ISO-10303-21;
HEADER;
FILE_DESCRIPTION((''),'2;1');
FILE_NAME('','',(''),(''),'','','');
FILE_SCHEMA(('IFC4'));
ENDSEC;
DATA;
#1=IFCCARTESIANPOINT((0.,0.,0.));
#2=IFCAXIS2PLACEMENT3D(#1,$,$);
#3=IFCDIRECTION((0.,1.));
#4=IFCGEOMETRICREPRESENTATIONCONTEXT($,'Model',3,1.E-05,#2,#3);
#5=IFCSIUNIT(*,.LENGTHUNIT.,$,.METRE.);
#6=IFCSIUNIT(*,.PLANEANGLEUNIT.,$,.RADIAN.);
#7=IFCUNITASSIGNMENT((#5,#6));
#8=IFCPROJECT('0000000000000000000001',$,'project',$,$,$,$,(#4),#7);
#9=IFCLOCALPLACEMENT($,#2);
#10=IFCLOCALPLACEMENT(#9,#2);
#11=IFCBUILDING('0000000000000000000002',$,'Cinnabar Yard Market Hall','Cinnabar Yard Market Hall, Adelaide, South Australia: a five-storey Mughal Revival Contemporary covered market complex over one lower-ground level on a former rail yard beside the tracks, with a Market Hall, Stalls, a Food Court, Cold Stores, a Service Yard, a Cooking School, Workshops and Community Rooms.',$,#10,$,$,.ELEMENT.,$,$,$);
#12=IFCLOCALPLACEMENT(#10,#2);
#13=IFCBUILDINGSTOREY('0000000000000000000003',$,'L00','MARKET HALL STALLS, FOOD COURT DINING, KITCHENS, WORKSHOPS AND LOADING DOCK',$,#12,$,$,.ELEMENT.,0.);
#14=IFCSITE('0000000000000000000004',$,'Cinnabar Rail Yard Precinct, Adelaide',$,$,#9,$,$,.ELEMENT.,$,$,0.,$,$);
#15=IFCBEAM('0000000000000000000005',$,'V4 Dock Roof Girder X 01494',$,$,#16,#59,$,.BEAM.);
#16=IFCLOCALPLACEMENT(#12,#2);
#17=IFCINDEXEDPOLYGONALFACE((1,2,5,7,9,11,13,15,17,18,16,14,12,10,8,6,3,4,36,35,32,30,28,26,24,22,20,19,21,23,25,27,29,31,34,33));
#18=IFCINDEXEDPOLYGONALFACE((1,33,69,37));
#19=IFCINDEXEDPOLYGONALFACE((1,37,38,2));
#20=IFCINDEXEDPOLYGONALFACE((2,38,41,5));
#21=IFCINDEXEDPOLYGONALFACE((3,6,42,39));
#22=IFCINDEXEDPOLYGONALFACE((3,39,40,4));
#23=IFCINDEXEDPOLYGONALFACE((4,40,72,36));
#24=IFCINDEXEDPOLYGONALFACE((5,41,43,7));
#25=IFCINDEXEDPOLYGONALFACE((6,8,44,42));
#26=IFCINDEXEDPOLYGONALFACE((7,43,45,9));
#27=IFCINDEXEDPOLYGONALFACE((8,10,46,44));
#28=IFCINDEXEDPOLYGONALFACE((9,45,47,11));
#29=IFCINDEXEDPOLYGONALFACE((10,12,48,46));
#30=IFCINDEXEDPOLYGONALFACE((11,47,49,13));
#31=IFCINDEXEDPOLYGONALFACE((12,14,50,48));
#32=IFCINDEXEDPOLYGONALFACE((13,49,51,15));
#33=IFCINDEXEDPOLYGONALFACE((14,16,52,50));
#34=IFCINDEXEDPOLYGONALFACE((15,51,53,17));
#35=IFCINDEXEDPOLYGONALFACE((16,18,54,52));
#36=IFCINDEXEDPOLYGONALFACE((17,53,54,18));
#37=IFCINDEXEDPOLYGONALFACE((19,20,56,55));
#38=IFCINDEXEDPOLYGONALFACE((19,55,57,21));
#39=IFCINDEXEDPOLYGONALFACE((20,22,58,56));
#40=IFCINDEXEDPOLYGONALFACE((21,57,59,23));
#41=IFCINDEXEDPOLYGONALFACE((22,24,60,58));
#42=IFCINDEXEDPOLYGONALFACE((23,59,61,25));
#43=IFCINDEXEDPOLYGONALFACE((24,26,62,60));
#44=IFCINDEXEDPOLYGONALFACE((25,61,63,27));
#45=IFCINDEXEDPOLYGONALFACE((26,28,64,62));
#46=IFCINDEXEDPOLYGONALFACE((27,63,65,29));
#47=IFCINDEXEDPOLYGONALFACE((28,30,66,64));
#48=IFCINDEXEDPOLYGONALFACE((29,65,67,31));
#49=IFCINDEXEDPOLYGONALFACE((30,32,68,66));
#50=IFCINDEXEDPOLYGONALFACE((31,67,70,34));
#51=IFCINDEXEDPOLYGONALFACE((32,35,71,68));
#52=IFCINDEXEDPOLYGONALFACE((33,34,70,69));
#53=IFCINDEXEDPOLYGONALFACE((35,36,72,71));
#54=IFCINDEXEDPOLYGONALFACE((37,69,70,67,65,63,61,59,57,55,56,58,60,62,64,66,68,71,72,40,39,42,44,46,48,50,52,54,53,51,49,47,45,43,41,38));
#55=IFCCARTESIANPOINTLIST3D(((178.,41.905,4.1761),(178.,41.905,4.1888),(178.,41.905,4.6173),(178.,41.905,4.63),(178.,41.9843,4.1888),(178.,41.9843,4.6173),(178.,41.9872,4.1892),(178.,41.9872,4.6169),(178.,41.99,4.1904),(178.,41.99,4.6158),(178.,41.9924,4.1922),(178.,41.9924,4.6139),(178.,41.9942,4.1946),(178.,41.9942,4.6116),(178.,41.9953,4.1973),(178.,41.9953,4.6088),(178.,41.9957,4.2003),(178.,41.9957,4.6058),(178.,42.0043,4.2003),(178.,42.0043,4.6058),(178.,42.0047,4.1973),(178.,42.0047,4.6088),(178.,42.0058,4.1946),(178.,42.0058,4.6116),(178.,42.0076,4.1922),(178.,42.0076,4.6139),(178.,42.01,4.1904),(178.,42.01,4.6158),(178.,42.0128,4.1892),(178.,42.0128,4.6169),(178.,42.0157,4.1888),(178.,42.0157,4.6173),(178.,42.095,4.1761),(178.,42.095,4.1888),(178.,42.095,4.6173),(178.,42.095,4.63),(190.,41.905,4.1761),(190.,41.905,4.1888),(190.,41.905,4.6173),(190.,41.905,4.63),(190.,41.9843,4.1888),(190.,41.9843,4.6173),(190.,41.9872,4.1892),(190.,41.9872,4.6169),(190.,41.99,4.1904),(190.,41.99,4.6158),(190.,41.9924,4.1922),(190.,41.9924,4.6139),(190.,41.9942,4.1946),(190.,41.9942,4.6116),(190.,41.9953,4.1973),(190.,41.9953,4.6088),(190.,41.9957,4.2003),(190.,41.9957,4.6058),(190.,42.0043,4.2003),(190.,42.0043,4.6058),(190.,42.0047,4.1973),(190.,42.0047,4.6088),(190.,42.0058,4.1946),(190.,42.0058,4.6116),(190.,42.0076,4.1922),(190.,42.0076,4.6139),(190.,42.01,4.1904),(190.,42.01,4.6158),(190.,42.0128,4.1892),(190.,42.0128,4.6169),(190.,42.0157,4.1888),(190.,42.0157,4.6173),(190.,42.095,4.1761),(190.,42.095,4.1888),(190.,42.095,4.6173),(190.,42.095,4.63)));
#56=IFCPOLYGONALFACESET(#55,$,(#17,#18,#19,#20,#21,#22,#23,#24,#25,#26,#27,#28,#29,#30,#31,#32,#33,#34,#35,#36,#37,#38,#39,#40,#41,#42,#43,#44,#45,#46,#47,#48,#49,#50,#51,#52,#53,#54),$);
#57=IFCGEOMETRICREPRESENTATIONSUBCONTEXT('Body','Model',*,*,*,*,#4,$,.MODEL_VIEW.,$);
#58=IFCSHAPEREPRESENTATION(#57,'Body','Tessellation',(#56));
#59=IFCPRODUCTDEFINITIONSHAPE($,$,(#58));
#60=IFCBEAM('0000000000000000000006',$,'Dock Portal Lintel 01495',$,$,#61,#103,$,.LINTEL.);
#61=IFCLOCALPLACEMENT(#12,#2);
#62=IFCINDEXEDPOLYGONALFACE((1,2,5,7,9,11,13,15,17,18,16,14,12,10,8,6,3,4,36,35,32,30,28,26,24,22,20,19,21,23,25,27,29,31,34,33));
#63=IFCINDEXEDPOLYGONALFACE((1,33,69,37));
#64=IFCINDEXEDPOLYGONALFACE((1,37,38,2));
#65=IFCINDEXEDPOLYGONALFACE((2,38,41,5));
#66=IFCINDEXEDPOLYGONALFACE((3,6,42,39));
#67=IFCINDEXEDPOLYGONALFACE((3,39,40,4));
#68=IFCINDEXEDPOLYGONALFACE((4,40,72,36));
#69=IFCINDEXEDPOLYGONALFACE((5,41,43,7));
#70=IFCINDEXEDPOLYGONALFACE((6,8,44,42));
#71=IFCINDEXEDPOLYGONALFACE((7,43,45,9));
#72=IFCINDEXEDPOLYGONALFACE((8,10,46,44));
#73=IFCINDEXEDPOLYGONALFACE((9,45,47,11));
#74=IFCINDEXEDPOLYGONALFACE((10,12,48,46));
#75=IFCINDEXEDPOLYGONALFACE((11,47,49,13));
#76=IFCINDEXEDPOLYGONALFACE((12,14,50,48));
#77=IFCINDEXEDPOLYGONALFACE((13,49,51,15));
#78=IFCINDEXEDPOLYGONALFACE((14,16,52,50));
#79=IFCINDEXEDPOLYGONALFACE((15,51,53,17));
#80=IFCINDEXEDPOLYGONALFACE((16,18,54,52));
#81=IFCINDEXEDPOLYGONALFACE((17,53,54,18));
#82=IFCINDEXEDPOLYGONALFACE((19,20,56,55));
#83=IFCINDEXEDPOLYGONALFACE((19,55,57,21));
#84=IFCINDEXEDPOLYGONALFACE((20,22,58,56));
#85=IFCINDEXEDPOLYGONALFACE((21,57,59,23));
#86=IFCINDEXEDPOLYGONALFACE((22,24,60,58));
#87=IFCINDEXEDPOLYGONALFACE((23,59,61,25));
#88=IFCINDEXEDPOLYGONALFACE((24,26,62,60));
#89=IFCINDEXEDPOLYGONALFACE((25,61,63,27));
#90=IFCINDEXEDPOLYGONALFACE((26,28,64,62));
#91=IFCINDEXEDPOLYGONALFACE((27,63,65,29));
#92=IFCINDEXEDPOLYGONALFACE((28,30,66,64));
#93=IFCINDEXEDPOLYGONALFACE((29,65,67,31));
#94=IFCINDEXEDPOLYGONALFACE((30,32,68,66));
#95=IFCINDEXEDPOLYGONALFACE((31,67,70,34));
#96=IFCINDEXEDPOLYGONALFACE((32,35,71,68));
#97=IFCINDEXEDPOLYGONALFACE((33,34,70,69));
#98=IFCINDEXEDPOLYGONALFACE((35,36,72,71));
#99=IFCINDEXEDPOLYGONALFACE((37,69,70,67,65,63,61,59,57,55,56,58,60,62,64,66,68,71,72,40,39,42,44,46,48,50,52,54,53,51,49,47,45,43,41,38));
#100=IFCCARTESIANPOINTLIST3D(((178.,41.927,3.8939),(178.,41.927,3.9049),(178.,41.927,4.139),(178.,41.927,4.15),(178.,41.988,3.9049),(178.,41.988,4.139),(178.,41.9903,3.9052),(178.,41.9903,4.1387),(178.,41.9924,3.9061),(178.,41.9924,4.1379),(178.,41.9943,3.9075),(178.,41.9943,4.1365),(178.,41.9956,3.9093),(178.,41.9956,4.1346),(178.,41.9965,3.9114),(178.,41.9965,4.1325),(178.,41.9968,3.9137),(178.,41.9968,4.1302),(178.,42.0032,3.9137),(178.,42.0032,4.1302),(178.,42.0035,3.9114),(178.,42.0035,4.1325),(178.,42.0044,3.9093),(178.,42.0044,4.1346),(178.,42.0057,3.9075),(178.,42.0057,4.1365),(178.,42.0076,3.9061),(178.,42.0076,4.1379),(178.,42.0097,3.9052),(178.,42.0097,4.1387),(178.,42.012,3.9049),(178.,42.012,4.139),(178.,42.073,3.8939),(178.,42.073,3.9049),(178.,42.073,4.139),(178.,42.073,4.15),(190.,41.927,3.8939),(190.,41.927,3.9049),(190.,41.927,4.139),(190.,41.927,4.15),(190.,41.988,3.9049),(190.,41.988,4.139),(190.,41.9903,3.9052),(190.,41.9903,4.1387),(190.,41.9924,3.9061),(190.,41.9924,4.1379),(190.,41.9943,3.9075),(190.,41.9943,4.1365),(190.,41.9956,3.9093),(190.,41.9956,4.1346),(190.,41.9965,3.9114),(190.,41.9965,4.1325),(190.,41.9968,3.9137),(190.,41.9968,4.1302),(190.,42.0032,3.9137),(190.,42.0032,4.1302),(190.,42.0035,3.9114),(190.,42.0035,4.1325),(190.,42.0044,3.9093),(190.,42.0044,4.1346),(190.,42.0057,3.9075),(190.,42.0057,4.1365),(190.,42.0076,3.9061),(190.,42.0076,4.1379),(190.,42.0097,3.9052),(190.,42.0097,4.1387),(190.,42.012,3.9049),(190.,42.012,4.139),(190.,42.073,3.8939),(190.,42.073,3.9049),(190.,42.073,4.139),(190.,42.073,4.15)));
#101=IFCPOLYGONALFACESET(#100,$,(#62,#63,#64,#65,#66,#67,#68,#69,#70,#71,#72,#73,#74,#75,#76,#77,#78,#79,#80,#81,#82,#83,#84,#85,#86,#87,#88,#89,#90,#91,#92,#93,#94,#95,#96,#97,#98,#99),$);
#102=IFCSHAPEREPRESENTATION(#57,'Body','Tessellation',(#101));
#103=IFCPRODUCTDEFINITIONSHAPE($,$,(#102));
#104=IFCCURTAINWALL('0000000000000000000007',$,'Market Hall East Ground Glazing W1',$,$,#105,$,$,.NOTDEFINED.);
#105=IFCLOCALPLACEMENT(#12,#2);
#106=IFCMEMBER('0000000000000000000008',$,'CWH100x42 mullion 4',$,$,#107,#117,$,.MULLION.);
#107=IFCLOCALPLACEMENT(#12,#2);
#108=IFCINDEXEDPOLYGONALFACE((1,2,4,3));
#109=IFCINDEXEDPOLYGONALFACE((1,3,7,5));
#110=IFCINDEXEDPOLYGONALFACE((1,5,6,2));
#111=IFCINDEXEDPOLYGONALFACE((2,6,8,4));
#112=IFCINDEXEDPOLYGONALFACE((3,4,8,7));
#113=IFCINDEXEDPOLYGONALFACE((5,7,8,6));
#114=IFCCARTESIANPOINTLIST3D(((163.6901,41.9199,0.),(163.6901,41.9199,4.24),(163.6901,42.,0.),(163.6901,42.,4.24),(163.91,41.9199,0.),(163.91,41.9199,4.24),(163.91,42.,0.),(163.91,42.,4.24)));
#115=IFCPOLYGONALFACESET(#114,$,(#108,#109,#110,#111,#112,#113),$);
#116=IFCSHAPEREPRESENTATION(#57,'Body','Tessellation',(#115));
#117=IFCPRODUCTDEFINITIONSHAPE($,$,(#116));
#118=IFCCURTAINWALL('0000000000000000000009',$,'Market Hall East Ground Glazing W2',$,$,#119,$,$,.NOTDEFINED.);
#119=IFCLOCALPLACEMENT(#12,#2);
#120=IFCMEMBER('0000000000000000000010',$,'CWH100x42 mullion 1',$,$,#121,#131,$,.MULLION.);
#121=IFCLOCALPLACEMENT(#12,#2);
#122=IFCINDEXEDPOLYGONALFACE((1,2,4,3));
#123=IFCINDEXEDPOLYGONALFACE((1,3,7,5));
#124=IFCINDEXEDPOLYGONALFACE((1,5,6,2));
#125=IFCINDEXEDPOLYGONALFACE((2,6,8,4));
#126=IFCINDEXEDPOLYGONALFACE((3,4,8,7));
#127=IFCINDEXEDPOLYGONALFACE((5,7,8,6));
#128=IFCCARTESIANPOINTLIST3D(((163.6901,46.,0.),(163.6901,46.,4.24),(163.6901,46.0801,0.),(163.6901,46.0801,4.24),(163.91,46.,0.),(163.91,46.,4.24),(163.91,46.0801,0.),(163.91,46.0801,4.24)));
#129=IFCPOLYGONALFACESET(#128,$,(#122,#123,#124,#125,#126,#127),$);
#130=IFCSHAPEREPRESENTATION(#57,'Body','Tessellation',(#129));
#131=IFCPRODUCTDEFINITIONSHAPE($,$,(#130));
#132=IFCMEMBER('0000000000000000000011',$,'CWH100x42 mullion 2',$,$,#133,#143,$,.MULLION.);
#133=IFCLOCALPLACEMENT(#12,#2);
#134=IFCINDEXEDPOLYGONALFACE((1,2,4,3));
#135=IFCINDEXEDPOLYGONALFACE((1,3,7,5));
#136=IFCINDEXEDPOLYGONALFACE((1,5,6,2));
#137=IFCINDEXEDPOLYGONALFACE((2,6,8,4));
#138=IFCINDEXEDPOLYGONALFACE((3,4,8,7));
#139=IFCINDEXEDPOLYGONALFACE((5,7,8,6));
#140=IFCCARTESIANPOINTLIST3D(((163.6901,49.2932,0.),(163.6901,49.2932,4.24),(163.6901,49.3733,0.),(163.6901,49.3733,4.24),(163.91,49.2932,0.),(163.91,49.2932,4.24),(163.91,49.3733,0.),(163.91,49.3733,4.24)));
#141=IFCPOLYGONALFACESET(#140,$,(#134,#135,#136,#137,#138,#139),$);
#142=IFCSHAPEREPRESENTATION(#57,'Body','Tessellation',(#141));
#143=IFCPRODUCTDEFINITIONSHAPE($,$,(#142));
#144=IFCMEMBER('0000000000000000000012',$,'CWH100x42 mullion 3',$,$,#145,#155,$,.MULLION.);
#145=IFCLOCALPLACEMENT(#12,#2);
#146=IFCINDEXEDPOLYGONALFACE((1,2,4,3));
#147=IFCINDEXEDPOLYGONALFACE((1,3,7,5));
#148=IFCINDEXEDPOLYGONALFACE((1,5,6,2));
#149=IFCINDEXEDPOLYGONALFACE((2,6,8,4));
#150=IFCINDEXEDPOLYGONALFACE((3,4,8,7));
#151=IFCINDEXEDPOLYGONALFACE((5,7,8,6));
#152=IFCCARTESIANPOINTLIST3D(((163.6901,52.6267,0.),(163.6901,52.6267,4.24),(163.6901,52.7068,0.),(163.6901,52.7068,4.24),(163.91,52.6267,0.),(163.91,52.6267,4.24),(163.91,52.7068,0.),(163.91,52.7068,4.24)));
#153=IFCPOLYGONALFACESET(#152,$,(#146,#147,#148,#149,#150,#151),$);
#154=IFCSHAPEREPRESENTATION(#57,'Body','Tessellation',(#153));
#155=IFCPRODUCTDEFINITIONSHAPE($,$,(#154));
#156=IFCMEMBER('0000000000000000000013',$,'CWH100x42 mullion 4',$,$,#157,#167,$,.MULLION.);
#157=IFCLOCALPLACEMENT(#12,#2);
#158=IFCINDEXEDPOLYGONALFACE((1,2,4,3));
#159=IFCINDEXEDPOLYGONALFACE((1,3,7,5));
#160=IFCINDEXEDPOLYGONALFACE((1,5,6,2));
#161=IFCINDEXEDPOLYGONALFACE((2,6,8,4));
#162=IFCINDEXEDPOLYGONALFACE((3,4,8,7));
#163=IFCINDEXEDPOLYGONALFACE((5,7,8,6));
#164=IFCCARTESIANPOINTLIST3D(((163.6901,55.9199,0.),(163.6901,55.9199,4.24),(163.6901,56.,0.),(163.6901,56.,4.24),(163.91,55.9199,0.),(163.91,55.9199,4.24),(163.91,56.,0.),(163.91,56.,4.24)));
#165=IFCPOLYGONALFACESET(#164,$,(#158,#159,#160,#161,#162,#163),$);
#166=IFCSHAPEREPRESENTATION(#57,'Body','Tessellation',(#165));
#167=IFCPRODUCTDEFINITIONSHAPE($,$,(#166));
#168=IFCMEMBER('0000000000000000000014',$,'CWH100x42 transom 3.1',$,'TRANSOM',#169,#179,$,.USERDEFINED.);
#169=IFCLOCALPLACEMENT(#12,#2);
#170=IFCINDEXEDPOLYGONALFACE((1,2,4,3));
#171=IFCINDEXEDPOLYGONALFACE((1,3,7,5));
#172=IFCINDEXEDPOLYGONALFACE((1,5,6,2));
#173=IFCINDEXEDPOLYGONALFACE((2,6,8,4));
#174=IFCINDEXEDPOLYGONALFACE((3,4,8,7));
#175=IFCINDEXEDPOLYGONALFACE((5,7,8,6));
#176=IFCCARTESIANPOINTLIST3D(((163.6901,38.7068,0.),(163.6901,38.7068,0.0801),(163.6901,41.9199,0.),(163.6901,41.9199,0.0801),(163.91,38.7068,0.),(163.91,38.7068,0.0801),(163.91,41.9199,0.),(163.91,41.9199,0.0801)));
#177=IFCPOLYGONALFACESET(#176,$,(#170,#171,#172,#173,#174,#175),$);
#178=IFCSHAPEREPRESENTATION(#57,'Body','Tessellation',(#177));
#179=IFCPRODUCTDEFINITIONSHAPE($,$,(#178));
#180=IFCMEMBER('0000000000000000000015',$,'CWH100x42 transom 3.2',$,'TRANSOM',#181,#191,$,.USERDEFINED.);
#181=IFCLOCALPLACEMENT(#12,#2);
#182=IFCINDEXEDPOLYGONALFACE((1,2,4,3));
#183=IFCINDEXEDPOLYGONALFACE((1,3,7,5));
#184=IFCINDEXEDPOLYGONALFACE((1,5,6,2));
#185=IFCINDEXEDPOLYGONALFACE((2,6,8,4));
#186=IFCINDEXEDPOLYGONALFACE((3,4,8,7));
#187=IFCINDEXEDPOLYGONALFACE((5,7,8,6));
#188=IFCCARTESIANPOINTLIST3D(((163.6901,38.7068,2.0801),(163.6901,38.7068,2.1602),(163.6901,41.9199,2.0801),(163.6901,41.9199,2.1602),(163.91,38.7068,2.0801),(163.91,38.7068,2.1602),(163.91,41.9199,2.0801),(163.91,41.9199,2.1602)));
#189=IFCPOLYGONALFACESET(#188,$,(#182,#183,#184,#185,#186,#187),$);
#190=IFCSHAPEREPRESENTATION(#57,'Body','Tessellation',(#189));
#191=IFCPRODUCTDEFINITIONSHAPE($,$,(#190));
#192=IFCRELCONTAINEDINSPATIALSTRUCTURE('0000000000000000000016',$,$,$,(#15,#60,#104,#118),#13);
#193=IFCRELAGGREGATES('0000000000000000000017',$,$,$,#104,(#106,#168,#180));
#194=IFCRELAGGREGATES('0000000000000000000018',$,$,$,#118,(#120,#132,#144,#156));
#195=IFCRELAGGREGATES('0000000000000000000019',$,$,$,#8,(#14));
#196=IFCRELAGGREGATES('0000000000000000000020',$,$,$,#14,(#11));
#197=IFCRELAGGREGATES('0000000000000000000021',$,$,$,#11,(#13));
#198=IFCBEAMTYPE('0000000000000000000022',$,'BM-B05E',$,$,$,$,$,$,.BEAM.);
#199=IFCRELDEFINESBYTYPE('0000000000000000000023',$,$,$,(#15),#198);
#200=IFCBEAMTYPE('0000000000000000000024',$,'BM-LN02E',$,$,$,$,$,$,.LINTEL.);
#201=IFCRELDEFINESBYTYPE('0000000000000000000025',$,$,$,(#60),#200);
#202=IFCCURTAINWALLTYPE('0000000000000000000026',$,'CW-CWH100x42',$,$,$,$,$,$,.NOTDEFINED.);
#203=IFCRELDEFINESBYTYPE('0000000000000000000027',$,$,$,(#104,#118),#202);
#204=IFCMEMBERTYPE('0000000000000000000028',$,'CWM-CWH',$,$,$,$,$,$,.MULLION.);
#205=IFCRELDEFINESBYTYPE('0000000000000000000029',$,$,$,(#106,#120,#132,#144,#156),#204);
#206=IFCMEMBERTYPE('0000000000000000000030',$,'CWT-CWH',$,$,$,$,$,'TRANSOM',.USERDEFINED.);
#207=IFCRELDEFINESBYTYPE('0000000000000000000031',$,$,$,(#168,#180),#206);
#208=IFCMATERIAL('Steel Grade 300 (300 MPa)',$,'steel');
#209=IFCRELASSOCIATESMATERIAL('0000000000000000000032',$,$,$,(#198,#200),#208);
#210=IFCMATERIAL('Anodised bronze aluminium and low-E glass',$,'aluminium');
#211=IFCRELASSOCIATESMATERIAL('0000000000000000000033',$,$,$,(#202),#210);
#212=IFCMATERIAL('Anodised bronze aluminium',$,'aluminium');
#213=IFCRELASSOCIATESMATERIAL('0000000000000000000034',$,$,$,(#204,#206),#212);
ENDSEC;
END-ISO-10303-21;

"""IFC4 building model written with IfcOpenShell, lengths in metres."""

from ifc_helpers import new_model, si_unit, direction, frame, origin, origin_2d_with_axis, place, context, subcontext, project, spatial, rectangle, i_section, extrude, material, material_profile, profile_set, type_object, element, aggregate, save


model = new_model("IFC4")

# Units and contexts
model_context = context("Model", 3, precision=1e-05, world=origin(), true_north=direction((0.0, 1.0)))
body_context = subcontext(model_context, "Body", "Model", "MODEL_VIEW")
ifc_project = project(units=[si_unit("LENGTHUNIT", "METRE"), si_unit("PLANEANGLEUNIT", "RADIAN")], contexts=[model_context])

# Site, building, storey
site_placement = place(None, origin())
site = spatial("IfcSite", under=ifc_project, at=site_placement, Name="Cinnabar Rail Yard Precinct, Adelaide", CompositionType="ELEMENT", RefElevation=0.0)
building_placement = place(site_placement, origin())
building = spatial("IfcBuilding", under=site, at=building_placement, Name="Cinnabar Yard Market Hall", Description="Cinnabar Yard Market Hall, Adelaide, South Australia: a five-storey Mughal Revival Contemporary covered market complex over one lower-ground level on a former rail yard beside the tracks, with a Market Hall, Stalls, a Food Court, Cold Stores, a Service Yard, a Cooking School, Workshops and Community Rooms.", CompositionType="ELEMENT")
storey_placement = place(building_placement, origin())
storey = spatial("IfcBuildingStorey", under=building, at=storey_placement, Name="L00", Description="MARKET HALL STALLS, FOOD COURT DINING, KITCHENS, WORKSHOPS AND LOADING DOCK", CompositionType="ELEMENT", Elevation=0.0)

# Shared definitions
ifc_material_1 = material(Name="Steel Grade 300 (300 MPa)", Category="steel")

# Beams
ifc_material_profile_1 = material_profile(ifc_material_1, i_section(OverallWidth=0.1899, OverallDepth=0.4539, WebThickness=0.0085, FlangeThickness=0.0127, FilletRadius=0.0115, at=origin_2d_with_axis()), Name="460UB67.1")
ifc_profile_set_1 = profile_set([ifc_material_profile_1], Name="Steel Grade 300 (300 MPa)")
beam_type_1 = type_object("IfcBeamType", Name="BM-B05E", PredefinedType="BEAM", material=ifc_profile_set_1)
beam_1_placement = place(storey_placement, frame((178.0, 42.0, 4.4031), z_axis=(1.0, 0.0, 0.0), x_axis=(0.0, 1.0, 0.0)))
element("IfcBeam", 1, at=beam_1_placement, inside=storey, type_object=beam_type_1, Name="V4 Dock Roof Girder X 01494", PredefinedType="BEAM", context=body_context, shape_type="SweptSolid", body=[
    extrude(i_section(OverallWidth=0.1899, OverallDepth=0.4539, WebThickness=0.0085, FlangeThickness=0.0127, FilletRadius=0.0115, at=origin_2d_with_axis()), origin(), (0.0, 0.0, 1.0), 12.0),
])
ifc_material_profile_2 = material_profile(ifc_material_1, i_section(OverallWidth=0.146, OverallDepth=0.2561, WebThickness=0.0063, FlangeThickness=0.011, FilletRadius=0.0088, at=origin_2d_with_axis()), Name="250UB37.3")
ifc_profile_set_2 = profile_set([ifc_material_profile_2], Name="Steel Grade 300 (300 MPa)")
beam_type_2 = type_object("IfcBeamType", Name="BM-LN02E", PredefinedType="LINTEL", material=ifc_profile_set_2)
beam_2_placement = place(storey_placement, frame((178.0, 42.0, 4.022), z_axis=(1.0, 0.0, 0.0), x_axis=(0.0, 1.0, 0.0)))
element("IfcBeam", 2, at=beam_2_placement, inside=storey, type_object=beam_type_2, Name="Dock Portal Lintel 01495", PredefinedType="LINTEL", context=body_context, shape_type="SweptSolid", body=[
    extrude(i_section(OverallWidth=0.146, OverallDepth=0.2561, WebThickness=0.0063, FlangeThickness=0.011, FilletRadius=0.0088, at=origin_2d_with_axis()), origin(), (0.0, 0.0, 1.0), 12.0),
])

# Curtain wall, member
ifc_material_2 = material(Name="Anodised bronze aluminium and low-E glass", Category="aluminium")
curtain_wall_type = type_object("IfcCurtainWallType", Name="CW-CWH100x42", PredefinedType="NOTDEFINED", material=ifc_material_2)
curtain_wall_1_placement = place(storey_placement, origin())
curtain_wall_1 = element("IfcCurtainWall", 3, at=curtain_wall_1_placement, inside=storey, type_object=curtain_wall_type, Name="Market Hall East Ground Glazing W1", PredefinedType="NOTDEFINED")
ifc_material_3 = material(Name="Anodised bronze aluminium", Category="aluminium")
ifc_material_profile_3 = material_profile(ifc_material_3, rectangle(XDim=0.22, YDim=0.0801, at=origin_2d_with_axis()), Name="MUL-CWH")
ifc_profile_set_3 = profile_set([ifc_material_profile_3], Name="Anodised bronze aluminium")
member_type_1 = type_object("IfcMemberType", Name="CWM-CWH", PredefinedType="MULLION", material=ifc_profile_set_3)
member_1_placement = place(storey_placement, frame((163.8, 41.96, 0.0), z_axis=(0.0, 0.0, 1.0), x_axis=(-1.0, 0.0, 0.0)))
member_1 = element("IfcMember", 4, at=member_1_placement, type_object=member_type_1, Name="CWH100x42 mullion 4", PredefinedType="MULLION", context=body_context, shape_type="SweptSolid", body=[
    extrude(rectangle(XDim=0.22, YDim=0.0801, at=origin_2d_with_axis()), origin(), (0.0, 0.0, 1.0), 4.24),
])

# Curtain wall, members
curtain_wall_2_placement = place(storey_placement, origin())
curtain_wall_2 = element("IfcCurtainWall", 5, at=curtain_wall_2_placement, inside=storey, type_object=curtain_wall_type, Name="Market Hall East Ground Glazing W2", PredefinedType="NOTDEFINED")
member_2_placement = place(storey_placement, frame((163.8, 46.04, 0.0), z_axis=(0.0, 0.0, 1.0), x_axis=(-1.0, 0.0, 0.0)))
member_2 = element("IfcMember", 6, at=member_2_placement, type_object=member_type_1, Name="CWH100x42 mullion 1", PredefinedType="MULLION", context=body_context, shape_type="SweptSolid", body=[
    extrude(rectangle(XDim=0.22, YDim=0.0801, at=origin_2d_with_axis()), origin(), (0.0, 0.0, 1.0), 4.24),
])
member_3_placement = place(storey_placement, frame((163.8, 49.3333, 0.0), z_axis=(0.0, 0.0, 1.0), x_axis=(-1.0, 0.0, 0.0)))
member_3 = element("IfcMember", 7, at=member_3_placement, type_object=member_type_1, Name="CWH100x42 mullion 2", PredefinedType="MULLION", context=body_context, shape_type="SweptSolid", body=[
    extrude(rectangle(XDim=0.22, YDim=0.0801, at=origin_2d_with_axis()), origin(), (0.0, 0.0, 1.0), 4.24),
])
member_4_placement = place(storey_placement, frame((163.8, 52.6667, 0.0), z_axis=(0.0, 0.0, 1.0), x_axis=(-1.0, 0.0, 0.0)))
member_4 = element("IfcMember", 8, at=member_4_placement, type_object=member_type_1, Name="CWH100x42 mullion 3", PredefinedType="MULLION", context=body_context, shape_type="SweptSolid", body=[
    extrude(rectangle(XDim=0.22, YDim=0.0801, at=origin_2d_with_axis()), origin(), (0.0, 0.0, 1.0), 4.24),
])
member_5_placement = place(storey_placement, frame((163.8, 55.96, 0.0), z_axis=(0.0, 0.0, 1.0), x_axis=(-1.0, 0.0, 0.0)))
member_5 = element("IfcMember", 9, at=member_5_placement, type_object=member_type_1, Name="CWH100x42 mullion 4", PredefinedType="MULLION", context=body_context, shape_type="SweptSolid", body=[
    extrude(rectangle(XDim=0.22, YDim=0.0801, at=origin_2d_with_axis()), origin(), (0.0, 0.0, 1.0), 4.24),
])

# Members
ifc_material_profile_4 = material_profile(ifc_material_3, rectangle(XDim=0.22, YDim=0.0801, at=origin_2d_with_axis()), Name="TRN-CWH")
ifc_profile_set_4 = profile_set([ifc_material_profile_4], Name="Anodised bronze aluminium")
member_type_2 = type_object("IfcMemberType", Name="CWT-CWH", ElementType="TRANSOM", PredefinedType="USERDEFINED", material=ifc_profile_set_4)
member_6_placement = place(storey_placement, frame((163.8, 38.7068, 0.04), z_axis=(0.0, 1.0, 0.0), x_axis=(-1.0, 0.0, 0.0)))
member_6 = element("IfcMember", 10, at=member_6_placement, type_object=member_type_2, Name="CWH100x42 transom 3.1", ObjectType="TRANSOM", PredefinedType="USERDEFINED", context=body_context, shape_type="SweptSolid", body=[
    extrude(rectangle(XDim=0.22, YDim=0.0801, at=origin_2d_with_axis()), origin(), (0.0, 0.0, 1.0), 3.2131),
])
member_7_placement = place(storey_placement, frame((163.8, 38.7068, 2.1201), z_axis=(0.0, 1.0, 0.0), x_axis=(-1.0, 0.0, 0.0)))
member_7 = element("IfcMember", 11, at=member_7_placement, type_object=member_type_2, Name="CWH100x42 transom 3.2", ObjectType="TRANSOM", PredefinedType="USERDEFINED", context=body_context, shape_type="SweptSolid", body=[
    extrude(rectangle(XDim=0.22, YDim=0.0801, at=origin_2d_with_axis()), origin(), (0.0, 0.0, 1.0), 3.2131),
])

aggregate(curtain_wall_1, [member_1, member_6, member_7])
aggregate(curtain_wall_2, [member_2, member_3, member_4, member_5])

save(model, "model.ifc")
